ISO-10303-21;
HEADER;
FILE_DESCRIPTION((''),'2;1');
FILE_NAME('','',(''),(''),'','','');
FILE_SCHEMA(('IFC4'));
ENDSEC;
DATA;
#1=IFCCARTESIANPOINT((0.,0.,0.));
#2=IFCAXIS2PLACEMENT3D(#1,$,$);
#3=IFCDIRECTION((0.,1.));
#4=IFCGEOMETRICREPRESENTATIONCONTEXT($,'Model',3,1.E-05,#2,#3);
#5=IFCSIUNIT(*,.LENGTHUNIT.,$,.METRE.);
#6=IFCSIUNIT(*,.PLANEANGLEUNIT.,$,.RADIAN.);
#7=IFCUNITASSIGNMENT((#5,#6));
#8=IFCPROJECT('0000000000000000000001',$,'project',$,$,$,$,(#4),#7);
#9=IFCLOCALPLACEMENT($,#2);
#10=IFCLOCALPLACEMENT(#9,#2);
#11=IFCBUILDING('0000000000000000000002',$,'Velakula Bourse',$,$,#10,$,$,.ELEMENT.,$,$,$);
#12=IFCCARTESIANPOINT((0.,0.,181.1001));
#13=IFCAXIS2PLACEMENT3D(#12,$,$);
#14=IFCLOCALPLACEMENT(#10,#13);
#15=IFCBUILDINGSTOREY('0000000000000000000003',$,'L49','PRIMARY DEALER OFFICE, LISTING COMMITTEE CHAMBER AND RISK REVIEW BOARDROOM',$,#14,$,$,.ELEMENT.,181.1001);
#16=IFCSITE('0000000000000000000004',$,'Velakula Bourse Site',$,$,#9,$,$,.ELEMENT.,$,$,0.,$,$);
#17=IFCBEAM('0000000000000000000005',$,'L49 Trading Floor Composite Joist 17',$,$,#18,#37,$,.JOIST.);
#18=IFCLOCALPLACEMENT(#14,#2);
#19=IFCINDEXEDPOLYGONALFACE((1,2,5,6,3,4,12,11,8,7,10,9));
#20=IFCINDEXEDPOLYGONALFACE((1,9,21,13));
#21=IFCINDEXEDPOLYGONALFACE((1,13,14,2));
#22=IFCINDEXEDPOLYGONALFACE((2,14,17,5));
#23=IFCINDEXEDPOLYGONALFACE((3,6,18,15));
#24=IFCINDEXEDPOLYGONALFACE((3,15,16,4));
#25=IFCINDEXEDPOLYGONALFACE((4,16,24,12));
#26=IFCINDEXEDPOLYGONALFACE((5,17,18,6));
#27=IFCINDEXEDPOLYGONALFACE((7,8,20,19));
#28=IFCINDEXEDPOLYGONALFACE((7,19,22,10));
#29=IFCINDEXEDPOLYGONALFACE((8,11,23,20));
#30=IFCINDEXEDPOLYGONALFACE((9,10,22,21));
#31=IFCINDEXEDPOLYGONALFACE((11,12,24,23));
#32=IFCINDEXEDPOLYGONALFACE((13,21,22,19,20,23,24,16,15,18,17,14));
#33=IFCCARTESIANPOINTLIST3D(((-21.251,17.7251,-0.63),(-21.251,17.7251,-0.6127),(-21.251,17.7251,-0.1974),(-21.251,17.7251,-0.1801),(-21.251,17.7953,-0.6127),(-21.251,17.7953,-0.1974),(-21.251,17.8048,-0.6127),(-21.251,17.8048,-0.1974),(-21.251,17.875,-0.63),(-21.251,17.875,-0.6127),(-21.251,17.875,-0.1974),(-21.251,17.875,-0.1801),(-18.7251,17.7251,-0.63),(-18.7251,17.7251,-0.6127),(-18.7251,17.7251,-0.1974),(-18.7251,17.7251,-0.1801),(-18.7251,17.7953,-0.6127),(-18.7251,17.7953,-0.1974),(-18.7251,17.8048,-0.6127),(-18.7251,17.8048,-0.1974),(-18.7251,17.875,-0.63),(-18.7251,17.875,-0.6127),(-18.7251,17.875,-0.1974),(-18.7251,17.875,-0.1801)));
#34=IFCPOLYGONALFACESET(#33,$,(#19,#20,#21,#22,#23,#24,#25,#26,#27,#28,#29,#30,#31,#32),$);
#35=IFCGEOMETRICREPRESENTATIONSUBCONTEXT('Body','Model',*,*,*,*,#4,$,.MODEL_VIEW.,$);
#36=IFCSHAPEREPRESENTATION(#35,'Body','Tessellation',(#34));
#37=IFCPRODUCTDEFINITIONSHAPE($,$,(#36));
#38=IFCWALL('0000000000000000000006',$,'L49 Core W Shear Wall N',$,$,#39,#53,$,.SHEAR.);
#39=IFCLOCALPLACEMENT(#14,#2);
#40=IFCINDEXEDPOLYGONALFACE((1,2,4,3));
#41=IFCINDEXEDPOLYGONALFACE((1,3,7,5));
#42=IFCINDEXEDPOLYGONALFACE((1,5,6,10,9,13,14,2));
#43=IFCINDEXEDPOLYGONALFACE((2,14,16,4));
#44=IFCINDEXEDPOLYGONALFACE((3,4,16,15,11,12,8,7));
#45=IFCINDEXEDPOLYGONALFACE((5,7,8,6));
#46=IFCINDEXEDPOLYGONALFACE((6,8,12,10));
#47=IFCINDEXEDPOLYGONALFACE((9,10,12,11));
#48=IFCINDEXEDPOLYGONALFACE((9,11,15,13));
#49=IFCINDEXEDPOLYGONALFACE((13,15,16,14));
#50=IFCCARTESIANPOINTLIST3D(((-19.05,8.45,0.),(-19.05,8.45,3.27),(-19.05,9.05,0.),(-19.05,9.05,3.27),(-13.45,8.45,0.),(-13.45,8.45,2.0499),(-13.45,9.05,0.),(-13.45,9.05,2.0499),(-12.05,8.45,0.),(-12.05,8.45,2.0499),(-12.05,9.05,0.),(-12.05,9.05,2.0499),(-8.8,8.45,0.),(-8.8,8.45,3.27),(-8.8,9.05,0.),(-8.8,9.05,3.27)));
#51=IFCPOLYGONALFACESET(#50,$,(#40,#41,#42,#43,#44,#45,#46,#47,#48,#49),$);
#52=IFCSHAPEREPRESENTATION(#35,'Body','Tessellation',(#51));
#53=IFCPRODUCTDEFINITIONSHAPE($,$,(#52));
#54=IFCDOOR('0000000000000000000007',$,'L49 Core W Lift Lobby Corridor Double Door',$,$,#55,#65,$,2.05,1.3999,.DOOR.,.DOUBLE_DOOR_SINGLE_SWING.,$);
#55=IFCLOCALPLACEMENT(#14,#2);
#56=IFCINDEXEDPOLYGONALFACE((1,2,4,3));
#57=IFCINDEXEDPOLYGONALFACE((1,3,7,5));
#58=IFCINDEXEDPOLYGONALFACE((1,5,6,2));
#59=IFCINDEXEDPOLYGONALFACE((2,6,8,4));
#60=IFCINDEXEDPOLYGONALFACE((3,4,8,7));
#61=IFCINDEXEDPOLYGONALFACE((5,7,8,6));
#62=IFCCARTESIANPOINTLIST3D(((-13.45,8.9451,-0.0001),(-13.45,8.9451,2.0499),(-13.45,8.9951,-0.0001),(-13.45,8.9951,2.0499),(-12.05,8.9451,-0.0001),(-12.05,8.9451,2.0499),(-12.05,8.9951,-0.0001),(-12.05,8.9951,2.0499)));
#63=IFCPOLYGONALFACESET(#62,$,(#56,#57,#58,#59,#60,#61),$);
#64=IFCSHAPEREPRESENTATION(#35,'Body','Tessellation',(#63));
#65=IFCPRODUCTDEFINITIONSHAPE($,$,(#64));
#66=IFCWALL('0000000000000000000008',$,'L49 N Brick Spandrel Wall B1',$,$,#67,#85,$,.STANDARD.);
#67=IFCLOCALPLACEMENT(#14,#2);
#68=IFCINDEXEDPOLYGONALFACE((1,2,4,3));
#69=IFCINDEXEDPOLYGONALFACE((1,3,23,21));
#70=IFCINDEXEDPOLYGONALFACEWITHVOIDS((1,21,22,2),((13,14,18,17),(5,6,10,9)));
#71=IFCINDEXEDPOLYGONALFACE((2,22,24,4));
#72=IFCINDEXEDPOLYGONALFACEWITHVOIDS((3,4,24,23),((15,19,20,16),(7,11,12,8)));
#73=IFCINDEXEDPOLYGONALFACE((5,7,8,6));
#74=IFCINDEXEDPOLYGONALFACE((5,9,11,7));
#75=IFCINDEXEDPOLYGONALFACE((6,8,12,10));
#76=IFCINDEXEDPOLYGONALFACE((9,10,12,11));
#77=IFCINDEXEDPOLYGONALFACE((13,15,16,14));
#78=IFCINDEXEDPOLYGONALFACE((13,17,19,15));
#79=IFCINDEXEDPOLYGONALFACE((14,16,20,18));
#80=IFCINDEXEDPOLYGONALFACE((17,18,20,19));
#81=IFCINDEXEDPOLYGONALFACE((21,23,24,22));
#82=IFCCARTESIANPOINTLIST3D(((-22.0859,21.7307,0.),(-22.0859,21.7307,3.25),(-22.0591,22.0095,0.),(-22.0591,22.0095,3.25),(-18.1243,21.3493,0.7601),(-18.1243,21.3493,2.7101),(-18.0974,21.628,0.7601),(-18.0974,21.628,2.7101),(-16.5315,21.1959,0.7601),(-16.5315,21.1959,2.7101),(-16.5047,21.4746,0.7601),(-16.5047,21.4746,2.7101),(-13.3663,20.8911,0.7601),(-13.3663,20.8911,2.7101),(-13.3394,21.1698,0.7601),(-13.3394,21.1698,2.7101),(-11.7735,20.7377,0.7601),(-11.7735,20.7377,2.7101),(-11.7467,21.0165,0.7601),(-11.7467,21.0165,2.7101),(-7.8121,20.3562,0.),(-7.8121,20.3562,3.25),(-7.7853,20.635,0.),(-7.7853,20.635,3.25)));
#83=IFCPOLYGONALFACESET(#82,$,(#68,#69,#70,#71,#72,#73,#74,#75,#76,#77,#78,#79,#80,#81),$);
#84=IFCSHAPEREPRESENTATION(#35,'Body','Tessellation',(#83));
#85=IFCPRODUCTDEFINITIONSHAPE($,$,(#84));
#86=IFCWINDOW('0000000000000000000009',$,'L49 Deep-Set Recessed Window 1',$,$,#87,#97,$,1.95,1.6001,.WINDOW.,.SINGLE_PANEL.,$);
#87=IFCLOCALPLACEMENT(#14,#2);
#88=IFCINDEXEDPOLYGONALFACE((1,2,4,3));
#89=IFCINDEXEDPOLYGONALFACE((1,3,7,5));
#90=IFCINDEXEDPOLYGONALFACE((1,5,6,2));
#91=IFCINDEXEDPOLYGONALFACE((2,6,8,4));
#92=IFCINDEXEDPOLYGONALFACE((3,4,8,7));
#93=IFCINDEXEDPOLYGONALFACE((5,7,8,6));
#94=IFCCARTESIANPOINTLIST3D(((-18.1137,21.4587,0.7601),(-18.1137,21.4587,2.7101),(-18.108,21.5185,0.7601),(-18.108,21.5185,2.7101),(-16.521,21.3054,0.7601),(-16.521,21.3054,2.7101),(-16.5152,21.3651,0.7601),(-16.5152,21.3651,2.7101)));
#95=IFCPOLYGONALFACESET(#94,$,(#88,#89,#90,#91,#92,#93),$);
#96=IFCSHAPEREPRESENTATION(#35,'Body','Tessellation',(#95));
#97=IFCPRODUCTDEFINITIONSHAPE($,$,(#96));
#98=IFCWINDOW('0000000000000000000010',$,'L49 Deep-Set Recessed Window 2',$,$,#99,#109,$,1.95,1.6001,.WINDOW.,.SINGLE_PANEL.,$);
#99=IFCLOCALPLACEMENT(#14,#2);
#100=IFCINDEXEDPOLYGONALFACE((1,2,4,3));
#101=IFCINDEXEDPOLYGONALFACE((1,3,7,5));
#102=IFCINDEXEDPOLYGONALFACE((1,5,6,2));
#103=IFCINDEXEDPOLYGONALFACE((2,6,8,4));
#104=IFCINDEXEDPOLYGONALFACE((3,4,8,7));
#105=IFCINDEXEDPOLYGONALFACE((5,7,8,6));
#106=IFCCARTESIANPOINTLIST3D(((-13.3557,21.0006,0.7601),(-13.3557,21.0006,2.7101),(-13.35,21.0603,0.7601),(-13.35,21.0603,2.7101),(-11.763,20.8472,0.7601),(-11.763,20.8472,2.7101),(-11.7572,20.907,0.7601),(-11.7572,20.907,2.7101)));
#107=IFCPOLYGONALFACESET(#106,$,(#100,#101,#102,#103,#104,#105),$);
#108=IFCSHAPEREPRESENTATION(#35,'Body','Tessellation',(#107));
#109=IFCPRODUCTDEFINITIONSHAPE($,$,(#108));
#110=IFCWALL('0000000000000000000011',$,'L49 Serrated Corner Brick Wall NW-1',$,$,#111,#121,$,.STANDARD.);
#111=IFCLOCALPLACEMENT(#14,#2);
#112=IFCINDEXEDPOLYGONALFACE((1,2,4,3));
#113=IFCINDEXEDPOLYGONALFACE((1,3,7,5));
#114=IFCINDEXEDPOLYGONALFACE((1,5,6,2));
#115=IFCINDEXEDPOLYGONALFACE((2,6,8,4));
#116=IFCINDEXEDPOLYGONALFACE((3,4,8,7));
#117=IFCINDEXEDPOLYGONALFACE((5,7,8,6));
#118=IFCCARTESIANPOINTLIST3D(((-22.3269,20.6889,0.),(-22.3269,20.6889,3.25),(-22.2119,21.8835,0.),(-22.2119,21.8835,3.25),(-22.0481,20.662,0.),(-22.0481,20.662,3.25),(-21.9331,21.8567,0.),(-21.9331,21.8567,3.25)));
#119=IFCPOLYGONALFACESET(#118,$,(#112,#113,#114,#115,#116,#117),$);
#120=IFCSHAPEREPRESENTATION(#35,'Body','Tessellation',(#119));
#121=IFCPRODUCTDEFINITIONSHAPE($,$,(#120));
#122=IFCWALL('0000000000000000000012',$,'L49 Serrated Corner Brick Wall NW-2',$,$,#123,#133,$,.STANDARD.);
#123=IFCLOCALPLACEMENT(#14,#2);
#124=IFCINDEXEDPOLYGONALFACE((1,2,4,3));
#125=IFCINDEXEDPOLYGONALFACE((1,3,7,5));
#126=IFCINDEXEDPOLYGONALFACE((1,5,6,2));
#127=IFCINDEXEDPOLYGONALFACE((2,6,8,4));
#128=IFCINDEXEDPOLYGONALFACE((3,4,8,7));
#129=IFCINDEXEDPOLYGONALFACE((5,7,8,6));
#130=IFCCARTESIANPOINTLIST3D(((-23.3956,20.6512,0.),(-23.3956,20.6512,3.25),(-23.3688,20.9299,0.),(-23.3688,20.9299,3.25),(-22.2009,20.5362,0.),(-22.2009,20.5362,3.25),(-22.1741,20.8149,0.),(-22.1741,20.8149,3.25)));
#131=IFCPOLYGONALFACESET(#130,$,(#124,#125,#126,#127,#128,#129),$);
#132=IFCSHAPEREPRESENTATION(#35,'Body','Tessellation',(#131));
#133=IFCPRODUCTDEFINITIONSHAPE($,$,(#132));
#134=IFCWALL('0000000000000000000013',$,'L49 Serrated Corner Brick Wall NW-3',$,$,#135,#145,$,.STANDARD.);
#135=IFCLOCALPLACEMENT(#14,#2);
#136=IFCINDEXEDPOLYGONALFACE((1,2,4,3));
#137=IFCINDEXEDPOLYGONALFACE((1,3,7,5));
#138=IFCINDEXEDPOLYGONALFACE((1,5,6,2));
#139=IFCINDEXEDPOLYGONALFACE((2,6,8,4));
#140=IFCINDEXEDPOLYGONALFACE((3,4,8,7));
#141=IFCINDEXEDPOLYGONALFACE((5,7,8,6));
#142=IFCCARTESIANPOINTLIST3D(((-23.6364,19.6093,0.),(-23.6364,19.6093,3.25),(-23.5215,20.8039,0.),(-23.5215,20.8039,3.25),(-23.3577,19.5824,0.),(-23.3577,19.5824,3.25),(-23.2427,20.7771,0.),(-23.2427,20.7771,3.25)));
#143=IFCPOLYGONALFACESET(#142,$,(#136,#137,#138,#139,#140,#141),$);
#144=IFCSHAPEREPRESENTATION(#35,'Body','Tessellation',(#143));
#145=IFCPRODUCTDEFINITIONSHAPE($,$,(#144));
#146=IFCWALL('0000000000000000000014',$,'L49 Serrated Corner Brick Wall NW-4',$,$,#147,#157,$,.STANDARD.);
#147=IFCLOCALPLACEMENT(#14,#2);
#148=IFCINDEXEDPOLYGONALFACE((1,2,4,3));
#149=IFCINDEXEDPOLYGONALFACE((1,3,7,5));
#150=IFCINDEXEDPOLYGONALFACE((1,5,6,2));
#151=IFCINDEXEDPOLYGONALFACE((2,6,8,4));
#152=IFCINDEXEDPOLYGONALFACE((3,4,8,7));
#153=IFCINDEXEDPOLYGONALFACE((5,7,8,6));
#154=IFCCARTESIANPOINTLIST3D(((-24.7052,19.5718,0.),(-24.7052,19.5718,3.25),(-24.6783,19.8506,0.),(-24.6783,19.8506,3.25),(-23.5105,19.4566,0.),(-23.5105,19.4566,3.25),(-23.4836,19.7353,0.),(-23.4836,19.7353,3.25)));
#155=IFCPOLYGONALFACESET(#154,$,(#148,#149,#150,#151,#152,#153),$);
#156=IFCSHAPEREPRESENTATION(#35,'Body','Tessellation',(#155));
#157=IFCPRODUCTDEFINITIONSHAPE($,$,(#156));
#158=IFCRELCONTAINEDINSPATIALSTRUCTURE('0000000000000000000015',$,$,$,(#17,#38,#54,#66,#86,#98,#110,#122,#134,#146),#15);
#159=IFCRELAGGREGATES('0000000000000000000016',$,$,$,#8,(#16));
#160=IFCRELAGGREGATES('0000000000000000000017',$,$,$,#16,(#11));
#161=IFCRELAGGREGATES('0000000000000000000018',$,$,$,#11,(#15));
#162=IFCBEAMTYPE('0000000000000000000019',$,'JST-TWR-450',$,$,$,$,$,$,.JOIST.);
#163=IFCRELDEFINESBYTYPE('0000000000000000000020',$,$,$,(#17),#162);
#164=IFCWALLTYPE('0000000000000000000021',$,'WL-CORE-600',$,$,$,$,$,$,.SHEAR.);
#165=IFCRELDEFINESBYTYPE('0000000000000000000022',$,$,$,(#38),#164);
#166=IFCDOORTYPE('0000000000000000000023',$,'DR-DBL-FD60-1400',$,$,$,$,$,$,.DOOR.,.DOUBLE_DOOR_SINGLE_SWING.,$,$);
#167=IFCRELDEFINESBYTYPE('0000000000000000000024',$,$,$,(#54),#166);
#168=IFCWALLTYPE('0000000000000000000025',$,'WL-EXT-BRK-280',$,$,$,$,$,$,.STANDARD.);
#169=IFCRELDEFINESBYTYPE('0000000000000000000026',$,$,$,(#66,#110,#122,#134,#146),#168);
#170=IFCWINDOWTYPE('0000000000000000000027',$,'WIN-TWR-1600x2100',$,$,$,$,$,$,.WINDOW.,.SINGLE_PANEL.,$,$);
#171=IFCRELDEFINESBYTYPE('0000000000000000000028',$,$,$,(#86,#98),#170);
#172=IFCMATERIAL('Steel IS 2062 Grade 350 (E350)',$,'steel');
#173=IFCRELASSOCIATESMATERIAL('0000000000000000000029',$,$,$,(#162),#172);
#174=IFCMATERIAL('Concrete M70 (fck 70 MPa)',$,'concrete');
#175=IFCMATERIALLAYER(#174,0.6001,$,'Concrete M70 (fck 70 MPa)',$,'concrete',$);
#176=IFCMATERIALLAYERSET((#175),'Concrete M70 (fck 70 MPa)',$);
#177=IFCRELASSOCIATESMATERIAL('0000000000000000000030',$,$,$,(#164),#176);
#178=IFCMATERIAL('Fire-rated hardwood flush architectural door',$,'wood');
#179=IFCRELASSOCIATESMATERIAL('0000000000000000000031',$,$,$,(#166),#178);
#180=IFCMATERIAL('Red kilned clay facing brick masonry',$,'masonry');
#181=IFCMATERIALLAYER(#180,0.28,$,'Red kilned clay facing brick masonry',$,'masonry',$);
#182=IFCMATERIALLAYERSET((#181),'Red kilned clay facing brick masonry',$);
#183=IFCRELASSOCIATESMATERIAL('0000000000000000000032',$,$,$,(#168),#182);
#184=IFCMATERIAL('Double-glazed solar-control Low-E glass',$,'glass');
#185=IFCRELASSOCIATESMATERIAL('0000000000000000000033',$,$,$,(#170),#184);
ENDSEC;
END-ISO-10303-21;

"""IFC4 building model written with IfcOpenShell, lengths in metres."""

from ifc_helpers import new_model, si_unit, direction, frame, frame_2d, origin, origin_2d, place, context, subcontext, project, spatial, rectangle, i_section, extrude, material, layer, layer_set, material_profile, profile_set, type_object, element, fill, save


model = new_model("IFC4")

# Units and contexts
model_context = context("Model", 3, precision=1e-05, world=origin(), true_north=direction((0.0, 1.0)))
body_context = subcontext(model_context, "Body", "Model", "MODEL_VIEW")
ifc_project = project(units=[si_unit("LENGTHUNIT", "METRE"), si_unit("PLANEANGLEUNIT", "RADIAN")], contexts=[model_context])

# Site, building, storey
site_placement = place(None, origin())
site = spatial("IfcSite", under=ifc_project, at=site_placement, Name="Velakula Bourse Site", CompositionType="ELEMENT", RefElevation=0.0)
building_placement = place(site_placement, origin())
building = spatial("IfcBuilding", under=site, at=building_placement, Name="Velakula Bourse", CompositionType="ELEMENT")
storey_placement = place(building_placement, frame((0.0, 0.0, 181.1001)))
storey = spatial("IfcBuildingStorey", under=building, at=storey_placement, Name="L49", Description="PRIMARY DEALER OFFICE, LISTING COMMITTEE CHAMBER AND RISK REVIEW BOARDROOM", CompositionType="ELEMENT", Elevation=181.1001)

# Shared definitions
ifc_material_1 = material(Name="Steel IS 2062 Grade 350 (E350)", Category="steel")

# Beam
ifc_material_profile_1 = material_profile(ifc_material_1, i_section(OverallWidth=0.1499, OverallDepth=0.45, WebThickness=0.0095, FlangeThickness=0.0173, at=origin_2d()), Name="Steel IS 2062 Grade 350 (E350)")
ifc_profile_set_1 = profile_set([ifc_material_profile_1], Name="Steel IS 2062 Grade 350 (E350)")
beam_type_1 = type_object("IfcBeamType", Name="JST-TWR-450", PredefinedType="JOIST", material=ifc_profile_set_1)
beam_1_placement = place(storey_placement, frame((-21.251, 17.8, -0.405), z_axis=(1.0, 0.0, 0.0), x_axis=(0.0, 1.0, 0.0)))
element("IfcBeam", 1, at=beam_1_placement, inside=storey, type_object=beam_type_1, Name="L49 Trading Floor Composite Joist 17", PredefinedType="JOIST", context=body_context, shape_type="SweptSolid", body=[
    extrude(i_section(OverallWidth=0.1499, OverallDepth=0.45, WebThickness=0.0095, FlangeThickness=0.0173, at=origin_2d()), origin(), (0.0, 0.0, 1.0), 2.5259),
])

# Wall, opening, door
ifc_material_2 = material(Name="Concrete M70 (fck 70 MPa)", Category="concrete")
ifc_layer_1 = layer(ifc_material_2, 0.6001, Name="Concrete M70 (fck 70 MPa)", Category="concrete")
ifc_layer_set_1 = layer_set([ifc_layer_1], Name="Concrete M70 (fck 70 MPa)")
wall_type_1 = type_object("IfcWallType", Name="WL-CORE-600", PredefinedType="SHEAR", material=ifc_layer_set_1)
wall_1_placement = place(storey_placement, frame((-19.05, 8.75, 0.0), z_axis=(0.0, 0.0, 1.0), x_axis=(1.0, 0.0, 0.0)))
wall_1 = element("IfcWall", 2, at=wall_1_placement, inside=storey, type_object=wall_type_1, Name="L49 Core W Shear Wall N", PredefinedType="SHEAR", context=body_context, shape_type="SweptSolid", body=[
    extrude(rectangle(XDim=10.25, YDim=0.6001, at=frame_2d((5.125, 0.0))), origin(), (0.0, 0.0, 1.0), 3.27),
])
opening_1_placement = place(wall_1_placement, frame((5.6001, 0.0, 0.0)))
opening_1 = element("IfcOpeningElement", 3, at=opening_1_placement, cuts=wall_1, PredefinedType="OPENING", context=body_context, shape_type="SweptSolid", body=[
    extrude(rectangle(XDim=1.3999, YDim=2.05, at=frame_2d((0.7, 1.0249))), frame((0.0, 0.3101, 0.0), z_axis=(0.0, -1.0, 0.0), x_axis=(1.0, 0.0, 0.0)), (0.0, 0.0, 1.0), 0.6201),
])
ifc_material_3 = material(Name="Fire-rated hardwood flush architectural door", Category="wood")
door_type_1 = type_object("IfcDoorType", Name="DR-DBL-FD60-1400", OperationType="DOUBLE_DOOR_SINGLE_SWING", PredefinedType="DOOR", material=ifc_material_3)
door_1_placement = place(opening_1_placement, origin())
door_1 = element("IfcDoor", 4, at=door_1_placement, inside=storey, type_object=door_type_1, Name="L49 Core W Lift Lobby Corridor Double Door", OperationType="DOUBLE_DOOR_SINGLE_SWING", OverallHeight=2.05, OverallWidth=1.3999, PredefinedType="DOOR", context=body_context, shape_type="SweptSolid", body=[
    extrude(rectangle(XDim=1.3999, YDim=2.05, at=frame_2d((0.7, 1.0249))), frame((0.0, 0.2451, 0.0), z_axis=(0.0, -1.0, 0.0), x_axis=(1.0, 0.0, 0.0)), (0.0, 0.0, 1.0), 0.05),
])
fill(opening_1, door_1)

# Wall, openings, windows
ifc_material_4 = material(Name="Red kilned clay facing brick masonry", Category="masonry")
ifc_layer_2 = layer(ifc_material_4, 0.28, Name="Red kilned clay facing brick masonry", Category="masonry")
ifc_layer_set_2 = layer_set([ifc_layer_2], Name="Red kilned clay facing brick masonry")
wall_type_2 = type_object("IfcWallType", Name="WL-EXT-BRK-280", PredefinedType="STANDARD", material=ifc_layer_set_2)
wall_2_placement = place(storey_placement, frame((-22.0725, 21.8701, 0.0), z_axis=(0.0, 0.0, 1.0), x_axis=(0.995396, -0.095852, 0.0)))
wall_2 = element("IfcWall", 5, at=wall_2_placement, inside=storey, type_object=wall_type_2, Name="L49 N Brick Spandrel Wall B1", PredefinedType="STANDARD", context=body_context, shape_type="SweptSolid", body=[
    extrude(rectangle(XDim=14.3398, YDim=0.28, at=frame_2d((7.1699, 0.0))), origin(), (0.0, 0.0, 1.0), 3.25),
])
opening_2_placement = place(wall_2_placement, frame((3.98, 0.0, 0.76)))
opening_2 = element("IfcOpeningElement", 6, at=opening_2_placement, cuts=wall_2, PredefinedType="OPENING", context=body_context, shape_type="SweptSolid", body=[
    extrude(rectangle(XDim=1.6001, YDim=1.95, at=frame_2d((0.8, 0.9751))), frame((0.0, 0.1499, 0.0), z_axis=(0.0, -1.0, 0.0), x_axis=(1.0, 0.0, 0.0)), (0.0, 0.0, 1.0), 0.3),
])
opening_3_placement = place(wall_2_placement, frame((8.76, 0.0, 0.76)))
opening_3 = element("IfcOpeningElement", 7, at=opening_3_placement, cuts=wall_2, PredefinedType="OPENING", context=body_context, shape_type="SweptSolid", body=[
    extrude(rectangle(XDim=1.6001, YDim=1.95, at=frame_2d((0.8, 0.9751))), frame((0.0, 0.1499, 0.0), z_axis=(0.0, -1.0, 0.0), x_axis=(1.0, 0.0, 0.0)), (0.0, 0.0, 1.0), 0.3),
])
ifc_material_5 = material(Name="Double-glazed solar-control Low-E glass", Category="glass")
window_type = type_object("IfcWindowType", Name="WIN-TWR-1600x2100", PartitioningType="SINGLE_PANEL", PredefinedType="WINDOW", material=ifc_material_5)
window_1_placement = place(opening_2_placement, origin())
window_1 = element("IfcWindow", 8, at=window_1_placement, inside=storey, type_object=window_type, Name="L49 Deep-Set Recessed Window 1", OverallHeight=1.95, OverallWidth=1.6001, PartitioningType="SINGLE_PANEL", PredefinedType="WINDOW", context=body_context, shape_type="SweptSolid", body=[
    extrude(rectangle(XDim=1.6001, YDim=1.95, at=frame_2d((0.8, 0.9751))), frame((0.0, 0.03, 0.0), z_axis=(0.0, -1.0, 0.0), x_axis=(1.0, 0.0, 0.0)), (0.0, 0.0, 1.0), 0.0601),
])
fill(opening_2, window_1)
window_2_placement = place(opening_3_placement, origin())
window_2 = element("IfcWindow", 9, at=window_2_placement, inside=storey, type_object=window_type, Name="L49 Deep-Set Recessed Window 2", OverallHeight=1.95, OverallWidth=1.6001, PartitioningType="SINGLE_PANEL", PredefinedType="WINDOW", context=body_context, shape_type="SweptSolid", body=[
    extrude(rectangle(XDim=1.6001, YDim=1.95, at=frame_2d((0.8, 0.9751))), frame((0.0, 0.03, 0.0), z_axis=(0.0, -1.0, 0.0), x_axis=(1.0, 0.0, 0.0)), (0.0, 0.0, 1.0), 0.0601),
])
fill(opening_3, window_2)

# Walls
for number, where, z_axis, x_axis, name in (
    (10, (-22.0725, 21.8701, 0.0), (0.0, 0.0, 1.0), (-0.095817, -0.995399, 0.0), "L49 Serrated Corner Brick Wall NW-1"),
    (11, (-22.1875, 20.6755, 0.0), (0.0, 0.0, 1.0), (-0.995399, 0.095817, 0.0), "L49 Serrated Corner Brick Wall NW-2"),
    (12, (-23.3821, 20.7905, 0.0), (0.0, 0.0, 1.0), (-0.095817, -0.995399, 0.0), "L49 Serrated Corner Brick Wall NW-3"),
    (13, (-23.4971, 19.5959, 0.0), (0.0, 0.0, 1.0), (-0.99538, 0.096019, 0.0), "L49 Serrated Corner Brick Wall NW-4"),
):
    element("IfcWall", number, at=place(storey_placement, frame(where, z_axis=z_axis, x_axis=x_axis)), inside=storey, type_object=wall_type_2, Name=name, PredefinedType="STANDARD", context=body_context, shape_type="SweptSolid", body=[
        extrude(rectangle(XDim=1.2002, YDim=0.28, at=frame_2d((0.6001, 0.0))), origin(), (0.0, 0.0, 1.0), 3.25),
    ])

save(model, "model.ifc")
